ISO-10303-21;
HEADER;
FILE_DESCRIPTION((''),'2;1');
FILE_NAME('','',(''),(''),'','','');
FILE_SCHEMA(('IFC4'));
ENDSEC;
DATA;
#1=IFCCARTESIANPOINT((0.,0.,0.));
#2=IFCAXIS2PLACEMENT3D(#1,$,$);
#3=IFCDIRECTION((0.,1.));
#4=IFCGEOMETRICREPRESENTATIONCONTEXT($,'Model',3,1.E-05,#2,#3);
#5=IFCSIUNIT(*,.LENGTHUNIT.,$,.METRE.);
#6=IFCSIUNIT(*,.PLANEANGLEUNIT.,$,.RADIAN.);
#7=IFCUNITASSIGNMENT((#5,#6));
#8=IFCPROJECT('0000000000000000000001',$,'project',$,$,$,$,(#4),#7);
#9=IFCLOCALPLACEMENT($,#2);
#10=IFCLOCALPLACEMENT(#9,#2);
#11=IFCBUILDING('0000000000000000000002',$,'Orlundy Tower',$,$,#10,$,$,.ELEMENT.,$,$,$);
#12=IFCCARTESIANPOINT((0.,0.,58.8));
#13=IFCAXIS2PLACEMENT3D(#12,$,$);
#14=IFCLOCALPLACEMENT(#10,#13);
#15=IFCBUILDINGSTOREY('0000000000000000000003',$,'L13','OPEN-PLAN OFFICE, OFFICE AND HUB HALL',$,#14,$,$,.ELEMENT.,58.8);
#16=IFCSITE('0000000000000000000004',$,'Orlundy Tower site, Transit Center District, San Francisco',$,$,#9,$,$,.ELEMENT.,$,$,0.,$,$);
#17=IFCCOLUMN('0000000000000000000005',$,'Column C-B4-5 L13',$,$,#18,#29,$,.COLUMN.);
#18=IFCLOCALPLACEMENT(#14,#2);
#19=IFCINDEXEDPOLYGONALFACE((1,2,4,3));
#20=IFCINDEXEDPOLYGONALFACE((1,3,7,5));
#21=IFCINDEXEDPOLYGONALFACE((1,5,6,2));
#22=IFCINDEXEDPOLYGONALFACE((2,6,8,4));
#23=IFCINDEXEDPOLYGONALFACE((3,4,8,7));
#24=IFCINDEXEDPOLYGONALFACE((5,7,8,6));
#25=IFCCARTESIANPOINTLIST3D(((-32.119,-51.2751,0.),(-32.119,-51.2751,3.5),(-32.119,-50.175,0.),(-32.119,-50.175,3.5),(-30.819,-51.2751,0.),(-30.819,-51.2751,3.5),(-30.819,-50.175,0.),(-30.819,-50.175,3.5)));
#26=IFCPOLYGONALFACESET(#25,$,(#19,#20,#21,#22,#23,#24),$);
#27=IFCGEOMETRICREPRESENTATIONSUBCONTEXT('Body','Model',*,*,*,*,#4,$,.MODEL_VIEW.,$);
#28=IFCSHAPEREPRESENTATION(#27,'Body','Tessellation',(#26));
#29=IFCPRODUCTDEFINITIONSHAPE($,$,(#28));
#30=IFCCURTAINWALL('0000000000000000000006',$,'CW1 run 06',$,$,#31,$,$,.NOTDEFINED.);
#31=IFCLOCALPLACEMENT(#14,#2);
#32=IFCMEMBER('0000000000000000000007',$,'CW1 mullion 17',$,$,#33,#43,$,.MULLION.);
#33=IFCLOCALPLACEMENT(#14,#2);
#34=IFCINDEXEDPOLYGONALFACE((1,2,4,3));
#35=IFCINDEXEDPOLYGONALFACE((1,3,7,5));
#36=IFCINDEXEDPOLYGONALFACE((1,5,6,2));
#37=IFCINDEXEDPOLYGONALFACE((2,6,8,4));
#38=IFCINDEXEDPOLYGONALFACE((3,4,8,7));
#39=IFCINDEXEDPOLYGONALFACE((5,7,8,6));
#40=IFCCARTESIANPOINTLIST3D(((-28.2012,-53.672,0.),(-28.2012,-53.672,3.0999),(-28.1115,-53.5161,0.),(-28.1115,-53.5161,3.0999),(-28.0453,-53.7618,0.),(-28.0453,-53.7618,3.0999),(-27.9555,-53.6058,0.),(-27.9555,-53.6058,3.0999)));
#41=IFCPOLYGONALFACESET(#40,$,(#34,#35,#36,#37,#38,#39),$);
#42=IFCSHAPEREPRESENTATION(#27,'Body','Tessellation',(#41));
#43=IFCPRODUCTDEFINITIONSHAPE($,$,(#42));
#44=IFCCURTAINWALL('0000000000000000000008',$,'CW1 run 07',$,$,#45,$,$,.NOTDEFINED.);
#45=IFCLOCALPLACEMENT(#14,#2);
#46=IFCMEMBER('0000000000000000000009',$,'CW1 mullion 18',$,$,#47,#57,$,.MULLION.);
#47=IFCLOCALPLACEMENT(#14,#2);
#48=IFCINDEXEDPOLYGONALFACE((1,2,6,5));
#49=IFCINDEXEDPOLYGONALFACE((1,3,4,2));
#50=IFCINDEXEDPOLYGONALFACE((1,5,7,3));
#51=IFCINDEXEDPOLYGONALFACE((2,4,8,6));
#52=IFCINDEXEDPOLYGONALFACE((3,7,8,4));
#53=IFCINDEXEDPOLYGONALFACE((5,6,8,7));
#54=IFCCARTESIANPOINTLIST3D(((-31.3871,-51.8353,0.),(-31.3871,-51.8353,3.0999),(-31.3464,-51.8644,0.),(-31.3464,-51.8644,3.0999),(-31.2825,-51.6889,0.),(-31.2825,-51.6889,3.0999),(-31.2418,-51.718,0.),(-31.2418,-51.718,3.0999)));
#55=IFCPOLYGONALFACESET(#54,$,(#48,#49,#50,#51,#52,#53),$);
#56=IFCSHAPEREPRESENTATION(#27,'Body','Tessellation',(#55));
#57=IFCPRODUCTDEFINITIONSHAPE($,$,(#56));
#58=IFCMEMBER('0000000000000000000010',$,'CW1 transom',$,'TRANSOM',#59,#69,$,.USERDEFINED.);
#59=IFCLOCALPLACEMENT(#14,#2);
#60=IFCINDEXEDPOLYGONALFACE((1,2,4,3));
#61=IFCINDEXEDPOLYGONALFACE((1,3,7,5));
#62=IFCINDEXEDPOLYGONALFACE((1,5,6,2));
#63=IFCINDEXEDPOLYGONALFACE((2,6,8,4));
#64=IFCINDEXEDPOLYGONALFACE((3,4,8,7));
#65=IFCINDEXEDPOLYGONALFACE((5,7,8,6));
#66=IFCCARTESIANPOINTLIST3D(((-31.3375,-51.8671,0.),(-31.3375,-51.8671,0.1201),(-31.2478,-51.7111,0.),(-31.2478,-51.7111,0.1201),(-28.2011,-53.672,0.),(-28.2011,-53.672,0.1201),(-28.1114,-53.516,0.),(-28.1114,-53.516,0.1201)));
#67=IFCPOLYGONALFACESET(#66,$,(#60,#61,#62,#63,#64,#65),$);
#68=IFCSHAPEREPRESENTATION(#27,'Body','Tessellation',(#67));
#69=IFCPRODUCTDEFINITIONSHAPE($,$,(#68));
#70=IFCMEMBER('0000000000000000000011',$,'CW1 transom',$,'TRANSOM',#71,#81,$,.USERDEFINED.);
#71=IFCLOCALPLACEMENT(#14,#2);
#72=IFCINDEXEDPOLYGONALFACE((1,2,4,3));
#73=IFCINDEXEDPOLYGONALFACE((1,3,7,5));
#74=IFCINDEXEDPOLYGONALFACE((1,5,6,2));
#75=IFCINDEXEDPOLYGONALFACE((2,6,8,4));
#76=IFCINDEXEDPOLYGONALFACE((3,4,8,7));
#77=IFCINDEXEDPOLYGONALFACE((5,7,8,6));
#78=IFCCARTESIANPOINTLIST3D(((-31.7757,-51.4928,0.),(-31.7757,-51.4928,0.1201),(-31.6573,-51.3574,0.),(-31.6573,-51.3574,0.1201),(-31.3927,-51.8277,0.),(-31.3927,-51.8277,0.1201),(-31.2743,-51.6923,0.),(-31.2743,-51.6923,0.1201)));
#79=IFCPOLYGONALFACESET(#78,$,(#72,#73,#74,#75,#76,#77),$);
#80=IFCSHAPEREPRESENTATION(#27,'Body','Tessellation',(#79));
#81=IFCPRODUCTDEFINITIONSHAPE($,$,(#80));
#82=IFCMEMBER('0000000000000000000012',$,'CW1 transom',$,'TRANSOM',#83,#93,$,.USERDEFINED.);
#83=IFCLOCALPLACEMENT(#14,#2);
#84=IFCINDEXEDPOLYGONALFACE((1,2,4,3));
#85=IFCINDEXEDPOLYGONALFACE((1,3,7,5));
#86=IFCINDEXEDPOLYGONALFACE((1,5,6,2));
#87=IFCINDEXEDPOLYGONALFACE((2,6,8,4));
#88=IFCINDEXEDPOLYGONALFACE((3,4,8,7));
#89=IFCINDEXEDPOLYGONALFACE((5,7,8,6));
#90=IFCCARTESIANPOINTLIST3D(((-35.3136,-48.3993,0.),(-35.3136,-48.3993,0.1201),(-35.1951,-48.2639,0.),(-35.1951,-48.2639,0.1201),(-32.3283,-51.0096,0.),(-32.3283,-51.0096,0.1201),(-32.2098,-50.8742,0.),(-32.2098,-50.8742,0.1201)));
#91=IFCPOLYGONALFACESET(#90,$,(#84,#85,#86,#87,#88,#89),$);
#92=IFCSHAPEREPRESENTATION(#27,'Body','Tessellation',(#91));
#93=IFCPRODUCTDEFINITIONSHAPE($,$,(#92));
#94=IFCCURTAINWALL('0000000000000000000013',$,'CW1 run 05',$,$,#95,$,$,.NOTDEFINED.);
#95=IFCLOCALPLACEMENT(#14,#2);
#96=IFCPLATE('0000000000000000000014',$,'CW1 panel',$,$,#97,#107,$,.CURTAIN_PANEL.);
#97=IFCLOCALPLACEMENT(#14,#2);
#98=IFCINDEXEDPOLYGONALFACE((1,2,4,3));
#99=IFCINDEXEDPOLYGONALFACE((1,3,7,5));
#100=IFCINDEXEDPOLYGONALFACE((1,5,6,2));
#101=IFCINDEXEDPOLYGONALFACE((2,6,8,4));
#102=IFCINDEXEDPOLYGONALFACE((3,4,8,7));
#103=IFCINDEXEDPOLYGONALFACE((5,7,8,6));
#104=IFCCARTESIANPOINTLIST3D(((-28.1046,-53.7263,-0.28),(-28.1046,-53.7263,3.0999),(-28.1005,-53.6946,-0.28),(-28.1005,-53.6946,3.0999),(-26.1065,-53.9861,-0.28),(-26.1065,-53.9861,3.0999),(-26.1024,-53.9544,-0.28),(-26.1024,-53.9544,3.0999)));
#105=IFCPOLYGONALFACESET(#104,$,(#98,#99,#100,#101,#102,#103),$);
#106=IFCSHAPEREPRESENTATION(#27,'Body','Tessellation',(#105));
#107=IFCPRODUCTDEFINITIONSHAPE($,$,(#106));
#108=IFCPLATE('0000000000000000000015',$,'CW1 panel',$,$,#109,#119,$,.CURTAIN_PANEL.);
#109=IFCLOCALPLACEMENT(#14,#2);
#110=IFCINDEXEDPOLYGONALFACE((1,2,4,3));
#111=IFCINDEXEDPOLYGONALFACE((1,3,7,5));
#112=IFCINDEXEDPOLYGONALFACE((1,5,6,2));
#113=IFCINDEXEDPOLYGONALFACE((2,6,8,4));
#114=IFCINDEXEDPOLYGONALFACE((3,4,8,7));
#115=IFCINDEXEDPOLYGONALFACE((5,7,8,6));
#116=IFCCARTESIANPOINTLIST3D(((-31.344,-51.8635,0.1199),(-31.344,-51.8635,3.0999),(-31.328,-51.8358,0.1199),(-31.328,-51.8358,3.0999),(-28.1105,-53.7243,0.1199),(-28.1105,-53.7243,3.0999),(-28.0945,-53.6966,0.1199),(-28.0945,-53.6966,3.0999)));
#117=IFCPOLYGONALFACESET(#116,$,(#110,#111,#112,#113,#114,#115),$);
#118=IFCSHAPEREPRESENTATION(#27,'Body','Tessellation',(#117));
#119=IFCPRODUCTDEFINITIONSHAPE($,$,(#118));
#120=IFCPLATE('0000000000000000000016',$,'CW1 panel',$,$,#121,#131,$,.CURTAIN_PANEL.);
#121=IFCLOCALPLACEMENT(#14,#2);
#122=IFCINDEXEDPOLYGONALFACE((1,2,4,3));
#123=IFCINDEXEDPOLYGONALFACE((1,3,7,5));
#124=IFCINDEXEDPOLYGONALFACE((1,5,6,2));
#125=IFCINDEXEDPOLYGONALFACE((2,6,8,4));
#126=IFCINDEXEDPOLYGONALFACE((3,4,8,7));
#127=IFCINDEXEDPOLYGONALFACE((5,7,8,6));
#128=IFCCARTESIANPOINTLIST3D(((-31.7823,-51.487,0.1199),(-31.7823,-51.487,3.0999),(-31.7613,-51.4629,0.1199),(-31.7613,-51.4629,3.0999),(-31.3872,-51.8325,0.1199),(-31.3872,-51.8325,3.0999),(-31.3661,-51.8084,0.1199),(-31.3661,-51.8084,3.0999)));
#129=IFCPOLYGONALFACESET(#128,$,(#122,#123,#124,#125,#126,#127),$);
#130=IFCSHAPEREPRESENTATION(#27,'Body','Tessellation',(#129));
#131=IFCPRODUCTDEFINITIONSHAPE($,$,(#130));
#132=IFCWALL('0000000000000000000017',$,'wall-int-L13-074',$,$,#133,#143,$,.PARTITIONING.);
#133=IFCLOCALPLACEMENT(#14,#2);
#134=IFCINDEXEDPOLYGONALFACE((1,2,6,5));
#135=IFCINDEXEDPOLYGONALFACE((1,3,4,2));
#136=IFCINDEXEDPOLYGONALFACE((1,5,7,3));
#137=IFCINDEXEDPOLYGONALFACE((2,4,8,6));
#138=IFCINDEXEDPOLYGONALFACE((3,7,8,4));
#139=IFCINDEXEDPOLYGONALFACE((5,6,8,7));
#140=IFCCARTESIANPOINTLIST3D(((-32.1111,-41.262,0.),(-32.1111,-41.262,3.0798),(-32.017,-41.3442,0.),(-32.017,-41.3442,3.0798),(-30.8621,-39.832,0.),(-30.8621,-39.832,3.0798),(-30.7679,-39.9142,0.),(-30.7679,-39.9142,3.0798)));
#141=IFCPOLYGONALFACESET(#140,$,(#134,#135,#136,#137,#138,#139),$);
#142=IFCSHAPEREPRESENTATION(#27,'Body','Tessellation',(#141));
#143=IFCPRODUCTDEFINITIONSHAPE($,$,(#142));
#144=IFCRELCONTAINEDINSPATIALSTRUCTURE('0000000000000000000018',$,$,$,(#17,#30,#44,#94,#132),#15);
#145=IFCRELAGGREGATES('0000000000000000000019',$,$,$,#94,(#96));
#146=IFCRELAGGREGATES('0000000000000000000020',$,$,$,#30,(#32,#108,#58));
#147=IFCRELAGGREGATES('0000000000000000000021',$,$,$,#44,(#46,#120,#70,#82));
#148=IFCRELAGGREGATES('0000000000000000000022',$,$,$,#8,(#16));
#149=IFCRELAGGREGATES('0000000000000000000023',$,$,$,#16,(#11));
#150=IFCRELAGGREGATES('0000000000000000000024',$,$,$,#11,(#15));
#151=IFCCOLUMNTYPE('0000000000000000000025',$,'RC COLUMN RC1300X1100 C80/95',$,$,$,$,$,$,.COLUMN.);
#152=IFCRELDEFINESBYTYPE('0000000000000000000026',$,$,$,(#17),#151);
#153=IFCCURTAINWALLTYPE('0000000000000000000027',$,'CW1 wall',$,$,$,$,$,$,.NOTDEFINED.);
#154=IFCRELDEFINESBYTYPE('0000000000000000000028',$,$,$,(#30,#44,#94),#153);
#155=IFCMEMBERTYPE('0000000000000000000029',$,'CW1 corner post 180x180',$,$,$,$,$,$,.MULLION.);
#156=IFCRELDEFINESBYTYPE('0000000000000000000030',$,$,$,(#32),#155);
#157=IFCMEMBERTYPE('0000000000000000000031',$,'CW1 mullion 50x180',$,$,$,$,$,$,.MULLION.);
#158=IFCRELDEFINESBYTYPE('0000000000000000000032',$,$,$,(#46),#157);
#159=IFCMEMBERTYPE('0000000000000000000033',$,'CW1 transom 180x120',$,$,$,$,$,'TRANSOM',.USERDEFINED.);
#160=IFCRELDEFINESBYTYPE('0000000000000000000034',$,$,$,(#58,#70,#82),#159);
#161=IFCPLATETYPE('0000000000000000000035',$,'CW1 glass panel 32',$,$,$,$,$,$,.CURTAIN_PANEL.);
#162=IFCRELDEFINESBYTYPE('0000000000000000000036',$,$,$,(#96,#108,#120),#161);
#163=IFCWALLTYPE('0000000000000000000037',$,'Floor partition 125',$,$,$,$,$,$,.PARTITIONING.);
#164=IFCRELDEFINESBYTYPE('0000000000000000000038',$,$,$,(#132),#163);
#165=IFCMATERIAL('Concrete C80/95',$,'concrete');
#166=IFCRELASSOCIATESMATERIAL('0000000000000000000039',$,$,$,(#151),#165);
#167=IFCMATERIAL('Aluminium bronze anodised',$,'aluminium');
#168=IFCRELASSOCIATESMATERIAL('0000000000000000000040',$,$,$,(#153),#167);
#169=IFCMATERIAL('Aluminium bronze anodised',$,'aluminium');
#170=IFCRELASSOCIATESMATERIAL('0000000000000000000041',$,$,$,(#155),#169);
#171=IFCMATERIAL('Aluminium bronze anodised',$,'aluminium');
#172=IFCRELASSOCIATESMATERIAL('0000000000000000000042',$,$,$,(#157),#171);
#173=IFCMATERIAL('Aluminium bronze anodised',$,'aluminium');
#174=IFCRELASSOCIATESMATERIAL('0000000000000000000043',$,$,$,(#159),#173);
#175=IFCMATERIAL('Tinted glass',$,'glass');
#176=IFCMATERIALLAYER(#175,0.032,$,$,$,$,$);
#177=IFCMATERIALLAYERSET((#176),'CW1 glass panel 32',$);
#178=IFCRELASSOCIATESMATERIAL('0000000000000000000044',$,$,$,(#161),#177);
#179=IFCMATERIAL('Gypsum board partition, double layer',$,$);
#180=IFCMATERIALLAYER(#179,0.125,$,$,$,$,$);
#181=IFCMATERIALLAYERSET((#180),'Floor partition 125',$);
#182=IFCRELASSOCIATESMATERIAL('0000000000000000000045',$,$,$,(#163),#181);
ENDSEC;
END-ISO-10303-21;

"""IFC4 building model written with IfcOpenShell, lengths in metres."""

from ifc_helpers import new_model, si_unit, direction, frame, frame_2d, origin, origin_2d, place, context, subcontext, project, spatial, rectangle, extrude, material, layer, layer_set, material_profile, profile_set, type_object, element, aggregate, save


model = new_model("IFC4")

# Units and contexts
model_context = context("Model", 3, precision=1e-05, world=origin(), true_north=direction((0.0, 1.0)))
body_context = subcontext(model_context, "Body", "Model", "MODEL_VIEW")
ifc_project = project(units=[si_unit("LENGTHUNIT", "METRE"), si_unit("PLANEANGLEUNIT", "RADIAN")], contexts=[model_context])

# Site, building, storey
site_placement = place(None, origin())
site = spatial("IfcSite", under=ifc_project, at=site_placement, Name="Orlundy Tower site, Transit Center District, San Francisco", CompositionType="ELEMENT", RefElevation=0.0)
building_placement = place(site_placement, origin())
building = spatial("IfcBuilding", under=site, at=building_placement, Name="Orlundy Tower", CompositionType="ELEMENT")
storey_placement = place(building_placement, frame((0.0, 0.0, 58.8)))
storey = spatial("IfcBuildingStorey", under=building, at=storey_placement, Name="L13", Description="OPEN-PLAN OFFICE, OFFICE AND HUB HALL", CompositionType="ELEMENT", Elevation=58.8)

# Column
ifc_material_1 = material(Name="Concrete C80/95", Category="concrete")
ifc_material_profile_1 = material_profile(ifc_material_1, rectangle(XDim=1.3, YDim=1.1001, at=origin_2d()), Name="RC1300X1100")
ifc_profile_set_1 = profile_set([ifc_material_profile_1], Name="Concrete C80/95")
column_type = type_object("IfcColumnType", Name="RC COLUMN RC1300X1100 C80/95", PredefinedType="COLUMN", material=ifc_profile_set_1)
column_placement = place(storey_placement, frame((-31.469, -50.7251, 0.0), z_axis=(0.0, 0.0, 1.0), x_axis=(1.0, 0.0, 0.0)))
element("IfcColumn", 1, at=column_placement, inside=storey, type_object=column_type, Name="Column C-B4-5 L13", PredefinedType="COLUMN", context=body_context, shape_type="SweptSolid", body=[
    extrude(rectangle(XDim=1.3, YDim=1.1001, at=origin_2d()), origin(), (0.0, 0.0, 1.0), 3.5),
])

# Curtain walls, members
ifc_material_2 = material(Name="Aluminium bronze anodised", Category="aluminium")
curtain_wall_type = type_object("IfcCurtainWallType", Name="CW1 wall", PredefinedType="NOTDEFINED", material=ifc_material_2)
curtain_wall_1_placement = place(storey_placement, origin())
curtain_wall_1 = element("IfcCurtainWall", 2, at=curtain_wall_1_placement, inside=storey, type_object=curtain_wall_type, Name="CW1 run 06", PredefinedType="NOTDEFINED")
ifc_material_3 = material(Name="Aluminium bronze anodised", Category="aluminium")
ifc_material_profile_2 = material_profile(ifc_material_3, rectangle(XDim=0.1799, YDim=0.1799, at=origin_2d()), Name="CW1 corner post 180x180")
ifc_profile_set_2 = profile_set([ifc_material_profile_2], Name="Aluminium bronze anodised")
member_type_1 = type_object("IfcMemberType", Name="CW1 corner post 180x180", PredefinedType="MULLION", material=ifc_profile_set_2)
member_1_placement = place(storey_placement, frame((-28.0784, -53.6389, 0.0), z_axis=(0.0, 0.0, 1.0), x_axis=(-0.49878, -0.866728, 0.0)))
member_1 = element("IfcMember", 3, at=member_1_placement, type_object=member_type_1, Name="CW1 mullion 17", PredefinedType="MULLION", context=body_context, shape_type="SweptSolid", body=[
    extrude(rectangle(XDim=0.1799, YDim=0.1799, at=origin_2d()), origin(), (0.0, 0.0, 1.0), 3.0999),
])
curtain_wall_2_placement = place(storey_placement, origin())
curtain_wall_2 = element("IfcCurtainWall", 4, at=curtain_wall_2_placement, inside=storey, type_object=curtain_wall_type, Name="CW1 run 07", PredefinedType="NOTDEFINED")
ifc_material_4 = material(Name="Aluminium bronze anodised", Category="aluminium")
ifc_material_profile_3 = material_profile(ifc_material_4, rectangle(XDim=0.1799, YDim=0.05, at=origin_2d()), Name="CW1 mullion 50x180")
ifc_profile_set_3 = profile_set([ifc_material_profile_3], Name="Aluminium bronze anodised")
member_type_2 = type_object("IfcMemberType", Name="CW1 mullion 50x180", PredefinedType="MULLION", material=ifc_profile_set_3)
member_2_placement = place(storey_placement, frame((-31.3145, -51.7766, 0.0), z_axis=(0.0, 0.0, 1.0), x_axis=(-0.581319, -0.813676, 0.0)))
member_2 = element("IfcMember", 5, at=member_2_placement, type_object=member_type_2, Name="CW1 mullion 18", PredefinedType="MULLION", context=body_context, shape_type="SweptSolid", body=[
    extrude(rectangle(XDim=0.1799, YDim=0.05, at=origin_2d()), origin(), (0.0, 0.0, 1.0), 3.0999),
])

# Members
ifc_material_5 = material(Name="Aluminium bronze anodised", Category="aluminium")
ifc_material_profile_4 = material_profile(ifc_material_5, rectangle(XDim=0.1799, YDim=0.1201, at=origin_2d()), Name="CW1 transom 180x120")
ifc_profile_set_4 = profile_set([ifc_material_profile_4], Name="Aluminium bronze anodised")
member_type_3 = type_object("IfcMemberType", Name="CW1 transom 180x120", ElementType="TRANSOM", PredefinedType="USERDEFINED", material=ifc_profile_set_4)
member_3_placement = place(storey_placement, frame((-28.1562, -53.594, 0.0601), z_axis=(-0.866732, 0.498774, 0.0), x_axis=(-0.498774, -0.866732, 0.0)))
member_3 = element("IfcMember", 6, at=member_3_placement, type_object=member_type_3, Name="CW1 transom", ObjectType="TRANSOM", PredefinedType="USERDEFINED", context=body_context, shape_type="SweptSolid", body=[
    extrude(rectangle(XDim=0.1799, YDim=0.1201, at=origin_2d()), origin(), (0.0, 0.0, 1.0), 3.6187),
])
member_4_placement = place(storey_placement, frame((-31.3335, -51.76, 0.0601), z_axis=(-0.752785, 0.658267, 0.0), x_axis=(-0.658267, -0.752785, 0.0)))
member_4 = element("IfcMember", 7, at=member_4_placement, type_object=member_type_3, Name="CW1 transom", ObjectType="TRANSOM", PredefinedType="USERDEFINED", context=body_context, shape_type="SweptSolid", body=[
    extrude(rectangle(XDim=0.1799, YDim=0.1201, at=origin_2d()), origin(), (0.0, 0.0, 1.0), 0.5088),
])
member_5_placement = place(storey_placement, frame((-32.269, -50.9419, 0.0601), z_axis=(-0.752805, 0.658243, 0.0), x_axis=(-0.658243, -0.752805, 0.0)))
member_5 = element("IfcMember", 8, at=member_5_placement, type_object=member_type_3, Name="CW1 transom", ObjectType="TRANSOM", PredefinedType="USERDEFINED", context=body_context, shape_type="SweptSolid", body=[
    extrude(rectangle(XDim=0.1799, YDim=0.1201, at=origin_2d()), origin(), (0.0, 0.0, 1.0), 3.9656),
])

# Curtain wall, plate
curtain_wall_3_placement = place(storey_placement, origin())
curtain_wall_3 = element("IfcCurtainWall", 9, at=curtain_wall_3_placement, inside=storey, type_object=curtain_wall_type, Name="CW1 run 05", PredefinedType="NOTDEFINED")
ifc_material_6 = material(Name="Tinted glass", Category="glass")
ifc_layer_1 = layer(ifc_material_6, 0.032)
ifc_layer_set_1 = layer_set([ifc_layer_1], Name="CW1 glass panel 32")
plate_type = type_object("IfcPlateType", Name="CW1 glass panel 32", PredefinedType="CURTAIN_PANEL", material=ifc_layer_set_1)
plate_1_placement = place(storey_placement, frame((-27.1035, -53.8403, -0.28), z_axis=(0.0, 0.0, 1.0), x_axis=(-0.991651, 0.128947, 0.0)))
plate_1 = element("IfcPlate", 10, at=plate_1_placement, type_object=plate_type, Name="CW1 panel", PredefinedType="CURTAIN_PANEL", context=body_context, shape_type="SweptSolid", body=[
    extrude(rectangle(XDim=2.0149, YDim=0.032, at=origin_2d()), origin(), (0.0, 0.0, 1.0), 3.3799),
])
aggregate(curtain_wall_3, [plate_1])

# Plates
plate_2_placement = place(storey_placement, frame((-29.7192, -52.78, 0.1199), z_axis=(0.0, 0.0, 1.0), x_axis=(-0.866728, 0.49878, 0.0)))
plate_2 = element("IfcPlate", 11, at=plate_2_placement, type_object=plate_type, Name="CW1 panel", PredefinedType="CURTAIN_PANEL", context=body_context, shape_type="SweptSolid", body=[
    extrude(rectangle(XDim=3.7307, YDim=0.032, at=origin_2d()), origin(), (0.0, 0.0, 1.0), 2.98),
])
aggregate(curtain_wall_1, [member_1, plate_2, member_3])
plate_3_placement = place(storey_placement, frame((-31.5742, -51.6477, 0.1199), z_axis=(0.0, 0.0, 1.0), x_axis=(-0.752789, 0.658262, 0.0)))
plate_3 = element("IfcPlate", 12, at=plate_3_placement, type_object=plate_type, Name="CW1 panel", PredefinedType="CURTAIN_PANEL", context=body_context, shape_type="SweptSolid", body=[
    extrude(rectangle(XDim=0.5249, YDim=0.032, at=origin_2d()), origin(), (0.0, 0.0, 1.0), 2.98),
])
aggregate(curtain_wall_2, [member_2, plate_3, member_4, member_5])

# Wall
ifc_material_7 = material(Name="Gypsum board partition, double layer")
ifc_layer_2 = layer(ifc_material_7, 0.125)
ifc_layer_set_2 = layer_set([ifc_layer_2], Name="Floor partition 125")
wall_type_1 = type_object("IfcWallType", Name="Floor partition 125", PredefinedType="PARTITIONING", material=ifc_layer_set_2)
wall_1_placement = place(storey_placement, frame((-32.064, -41.303, 0.0), z_axis=(0.0, 0.0, 1.0), x_axis=(0.657858, 0.753142, 0.0)))
element("IfcWall", 13, at=wall_1_placement, inside=storey, type_object=wall_type_1, Name="wall-int-L13-074", PredefinedType="PARTITIONING", context=body_context, shape_type="SweptSolid", body=[
    extrude(rectangle(XDim=1.8987, YDim=0.125, at=frame_2d((0.9492, 0.0))), origin(), (0.0, 0.0, 1.0), 3.0798),
])

save(model, "model.ifc")
